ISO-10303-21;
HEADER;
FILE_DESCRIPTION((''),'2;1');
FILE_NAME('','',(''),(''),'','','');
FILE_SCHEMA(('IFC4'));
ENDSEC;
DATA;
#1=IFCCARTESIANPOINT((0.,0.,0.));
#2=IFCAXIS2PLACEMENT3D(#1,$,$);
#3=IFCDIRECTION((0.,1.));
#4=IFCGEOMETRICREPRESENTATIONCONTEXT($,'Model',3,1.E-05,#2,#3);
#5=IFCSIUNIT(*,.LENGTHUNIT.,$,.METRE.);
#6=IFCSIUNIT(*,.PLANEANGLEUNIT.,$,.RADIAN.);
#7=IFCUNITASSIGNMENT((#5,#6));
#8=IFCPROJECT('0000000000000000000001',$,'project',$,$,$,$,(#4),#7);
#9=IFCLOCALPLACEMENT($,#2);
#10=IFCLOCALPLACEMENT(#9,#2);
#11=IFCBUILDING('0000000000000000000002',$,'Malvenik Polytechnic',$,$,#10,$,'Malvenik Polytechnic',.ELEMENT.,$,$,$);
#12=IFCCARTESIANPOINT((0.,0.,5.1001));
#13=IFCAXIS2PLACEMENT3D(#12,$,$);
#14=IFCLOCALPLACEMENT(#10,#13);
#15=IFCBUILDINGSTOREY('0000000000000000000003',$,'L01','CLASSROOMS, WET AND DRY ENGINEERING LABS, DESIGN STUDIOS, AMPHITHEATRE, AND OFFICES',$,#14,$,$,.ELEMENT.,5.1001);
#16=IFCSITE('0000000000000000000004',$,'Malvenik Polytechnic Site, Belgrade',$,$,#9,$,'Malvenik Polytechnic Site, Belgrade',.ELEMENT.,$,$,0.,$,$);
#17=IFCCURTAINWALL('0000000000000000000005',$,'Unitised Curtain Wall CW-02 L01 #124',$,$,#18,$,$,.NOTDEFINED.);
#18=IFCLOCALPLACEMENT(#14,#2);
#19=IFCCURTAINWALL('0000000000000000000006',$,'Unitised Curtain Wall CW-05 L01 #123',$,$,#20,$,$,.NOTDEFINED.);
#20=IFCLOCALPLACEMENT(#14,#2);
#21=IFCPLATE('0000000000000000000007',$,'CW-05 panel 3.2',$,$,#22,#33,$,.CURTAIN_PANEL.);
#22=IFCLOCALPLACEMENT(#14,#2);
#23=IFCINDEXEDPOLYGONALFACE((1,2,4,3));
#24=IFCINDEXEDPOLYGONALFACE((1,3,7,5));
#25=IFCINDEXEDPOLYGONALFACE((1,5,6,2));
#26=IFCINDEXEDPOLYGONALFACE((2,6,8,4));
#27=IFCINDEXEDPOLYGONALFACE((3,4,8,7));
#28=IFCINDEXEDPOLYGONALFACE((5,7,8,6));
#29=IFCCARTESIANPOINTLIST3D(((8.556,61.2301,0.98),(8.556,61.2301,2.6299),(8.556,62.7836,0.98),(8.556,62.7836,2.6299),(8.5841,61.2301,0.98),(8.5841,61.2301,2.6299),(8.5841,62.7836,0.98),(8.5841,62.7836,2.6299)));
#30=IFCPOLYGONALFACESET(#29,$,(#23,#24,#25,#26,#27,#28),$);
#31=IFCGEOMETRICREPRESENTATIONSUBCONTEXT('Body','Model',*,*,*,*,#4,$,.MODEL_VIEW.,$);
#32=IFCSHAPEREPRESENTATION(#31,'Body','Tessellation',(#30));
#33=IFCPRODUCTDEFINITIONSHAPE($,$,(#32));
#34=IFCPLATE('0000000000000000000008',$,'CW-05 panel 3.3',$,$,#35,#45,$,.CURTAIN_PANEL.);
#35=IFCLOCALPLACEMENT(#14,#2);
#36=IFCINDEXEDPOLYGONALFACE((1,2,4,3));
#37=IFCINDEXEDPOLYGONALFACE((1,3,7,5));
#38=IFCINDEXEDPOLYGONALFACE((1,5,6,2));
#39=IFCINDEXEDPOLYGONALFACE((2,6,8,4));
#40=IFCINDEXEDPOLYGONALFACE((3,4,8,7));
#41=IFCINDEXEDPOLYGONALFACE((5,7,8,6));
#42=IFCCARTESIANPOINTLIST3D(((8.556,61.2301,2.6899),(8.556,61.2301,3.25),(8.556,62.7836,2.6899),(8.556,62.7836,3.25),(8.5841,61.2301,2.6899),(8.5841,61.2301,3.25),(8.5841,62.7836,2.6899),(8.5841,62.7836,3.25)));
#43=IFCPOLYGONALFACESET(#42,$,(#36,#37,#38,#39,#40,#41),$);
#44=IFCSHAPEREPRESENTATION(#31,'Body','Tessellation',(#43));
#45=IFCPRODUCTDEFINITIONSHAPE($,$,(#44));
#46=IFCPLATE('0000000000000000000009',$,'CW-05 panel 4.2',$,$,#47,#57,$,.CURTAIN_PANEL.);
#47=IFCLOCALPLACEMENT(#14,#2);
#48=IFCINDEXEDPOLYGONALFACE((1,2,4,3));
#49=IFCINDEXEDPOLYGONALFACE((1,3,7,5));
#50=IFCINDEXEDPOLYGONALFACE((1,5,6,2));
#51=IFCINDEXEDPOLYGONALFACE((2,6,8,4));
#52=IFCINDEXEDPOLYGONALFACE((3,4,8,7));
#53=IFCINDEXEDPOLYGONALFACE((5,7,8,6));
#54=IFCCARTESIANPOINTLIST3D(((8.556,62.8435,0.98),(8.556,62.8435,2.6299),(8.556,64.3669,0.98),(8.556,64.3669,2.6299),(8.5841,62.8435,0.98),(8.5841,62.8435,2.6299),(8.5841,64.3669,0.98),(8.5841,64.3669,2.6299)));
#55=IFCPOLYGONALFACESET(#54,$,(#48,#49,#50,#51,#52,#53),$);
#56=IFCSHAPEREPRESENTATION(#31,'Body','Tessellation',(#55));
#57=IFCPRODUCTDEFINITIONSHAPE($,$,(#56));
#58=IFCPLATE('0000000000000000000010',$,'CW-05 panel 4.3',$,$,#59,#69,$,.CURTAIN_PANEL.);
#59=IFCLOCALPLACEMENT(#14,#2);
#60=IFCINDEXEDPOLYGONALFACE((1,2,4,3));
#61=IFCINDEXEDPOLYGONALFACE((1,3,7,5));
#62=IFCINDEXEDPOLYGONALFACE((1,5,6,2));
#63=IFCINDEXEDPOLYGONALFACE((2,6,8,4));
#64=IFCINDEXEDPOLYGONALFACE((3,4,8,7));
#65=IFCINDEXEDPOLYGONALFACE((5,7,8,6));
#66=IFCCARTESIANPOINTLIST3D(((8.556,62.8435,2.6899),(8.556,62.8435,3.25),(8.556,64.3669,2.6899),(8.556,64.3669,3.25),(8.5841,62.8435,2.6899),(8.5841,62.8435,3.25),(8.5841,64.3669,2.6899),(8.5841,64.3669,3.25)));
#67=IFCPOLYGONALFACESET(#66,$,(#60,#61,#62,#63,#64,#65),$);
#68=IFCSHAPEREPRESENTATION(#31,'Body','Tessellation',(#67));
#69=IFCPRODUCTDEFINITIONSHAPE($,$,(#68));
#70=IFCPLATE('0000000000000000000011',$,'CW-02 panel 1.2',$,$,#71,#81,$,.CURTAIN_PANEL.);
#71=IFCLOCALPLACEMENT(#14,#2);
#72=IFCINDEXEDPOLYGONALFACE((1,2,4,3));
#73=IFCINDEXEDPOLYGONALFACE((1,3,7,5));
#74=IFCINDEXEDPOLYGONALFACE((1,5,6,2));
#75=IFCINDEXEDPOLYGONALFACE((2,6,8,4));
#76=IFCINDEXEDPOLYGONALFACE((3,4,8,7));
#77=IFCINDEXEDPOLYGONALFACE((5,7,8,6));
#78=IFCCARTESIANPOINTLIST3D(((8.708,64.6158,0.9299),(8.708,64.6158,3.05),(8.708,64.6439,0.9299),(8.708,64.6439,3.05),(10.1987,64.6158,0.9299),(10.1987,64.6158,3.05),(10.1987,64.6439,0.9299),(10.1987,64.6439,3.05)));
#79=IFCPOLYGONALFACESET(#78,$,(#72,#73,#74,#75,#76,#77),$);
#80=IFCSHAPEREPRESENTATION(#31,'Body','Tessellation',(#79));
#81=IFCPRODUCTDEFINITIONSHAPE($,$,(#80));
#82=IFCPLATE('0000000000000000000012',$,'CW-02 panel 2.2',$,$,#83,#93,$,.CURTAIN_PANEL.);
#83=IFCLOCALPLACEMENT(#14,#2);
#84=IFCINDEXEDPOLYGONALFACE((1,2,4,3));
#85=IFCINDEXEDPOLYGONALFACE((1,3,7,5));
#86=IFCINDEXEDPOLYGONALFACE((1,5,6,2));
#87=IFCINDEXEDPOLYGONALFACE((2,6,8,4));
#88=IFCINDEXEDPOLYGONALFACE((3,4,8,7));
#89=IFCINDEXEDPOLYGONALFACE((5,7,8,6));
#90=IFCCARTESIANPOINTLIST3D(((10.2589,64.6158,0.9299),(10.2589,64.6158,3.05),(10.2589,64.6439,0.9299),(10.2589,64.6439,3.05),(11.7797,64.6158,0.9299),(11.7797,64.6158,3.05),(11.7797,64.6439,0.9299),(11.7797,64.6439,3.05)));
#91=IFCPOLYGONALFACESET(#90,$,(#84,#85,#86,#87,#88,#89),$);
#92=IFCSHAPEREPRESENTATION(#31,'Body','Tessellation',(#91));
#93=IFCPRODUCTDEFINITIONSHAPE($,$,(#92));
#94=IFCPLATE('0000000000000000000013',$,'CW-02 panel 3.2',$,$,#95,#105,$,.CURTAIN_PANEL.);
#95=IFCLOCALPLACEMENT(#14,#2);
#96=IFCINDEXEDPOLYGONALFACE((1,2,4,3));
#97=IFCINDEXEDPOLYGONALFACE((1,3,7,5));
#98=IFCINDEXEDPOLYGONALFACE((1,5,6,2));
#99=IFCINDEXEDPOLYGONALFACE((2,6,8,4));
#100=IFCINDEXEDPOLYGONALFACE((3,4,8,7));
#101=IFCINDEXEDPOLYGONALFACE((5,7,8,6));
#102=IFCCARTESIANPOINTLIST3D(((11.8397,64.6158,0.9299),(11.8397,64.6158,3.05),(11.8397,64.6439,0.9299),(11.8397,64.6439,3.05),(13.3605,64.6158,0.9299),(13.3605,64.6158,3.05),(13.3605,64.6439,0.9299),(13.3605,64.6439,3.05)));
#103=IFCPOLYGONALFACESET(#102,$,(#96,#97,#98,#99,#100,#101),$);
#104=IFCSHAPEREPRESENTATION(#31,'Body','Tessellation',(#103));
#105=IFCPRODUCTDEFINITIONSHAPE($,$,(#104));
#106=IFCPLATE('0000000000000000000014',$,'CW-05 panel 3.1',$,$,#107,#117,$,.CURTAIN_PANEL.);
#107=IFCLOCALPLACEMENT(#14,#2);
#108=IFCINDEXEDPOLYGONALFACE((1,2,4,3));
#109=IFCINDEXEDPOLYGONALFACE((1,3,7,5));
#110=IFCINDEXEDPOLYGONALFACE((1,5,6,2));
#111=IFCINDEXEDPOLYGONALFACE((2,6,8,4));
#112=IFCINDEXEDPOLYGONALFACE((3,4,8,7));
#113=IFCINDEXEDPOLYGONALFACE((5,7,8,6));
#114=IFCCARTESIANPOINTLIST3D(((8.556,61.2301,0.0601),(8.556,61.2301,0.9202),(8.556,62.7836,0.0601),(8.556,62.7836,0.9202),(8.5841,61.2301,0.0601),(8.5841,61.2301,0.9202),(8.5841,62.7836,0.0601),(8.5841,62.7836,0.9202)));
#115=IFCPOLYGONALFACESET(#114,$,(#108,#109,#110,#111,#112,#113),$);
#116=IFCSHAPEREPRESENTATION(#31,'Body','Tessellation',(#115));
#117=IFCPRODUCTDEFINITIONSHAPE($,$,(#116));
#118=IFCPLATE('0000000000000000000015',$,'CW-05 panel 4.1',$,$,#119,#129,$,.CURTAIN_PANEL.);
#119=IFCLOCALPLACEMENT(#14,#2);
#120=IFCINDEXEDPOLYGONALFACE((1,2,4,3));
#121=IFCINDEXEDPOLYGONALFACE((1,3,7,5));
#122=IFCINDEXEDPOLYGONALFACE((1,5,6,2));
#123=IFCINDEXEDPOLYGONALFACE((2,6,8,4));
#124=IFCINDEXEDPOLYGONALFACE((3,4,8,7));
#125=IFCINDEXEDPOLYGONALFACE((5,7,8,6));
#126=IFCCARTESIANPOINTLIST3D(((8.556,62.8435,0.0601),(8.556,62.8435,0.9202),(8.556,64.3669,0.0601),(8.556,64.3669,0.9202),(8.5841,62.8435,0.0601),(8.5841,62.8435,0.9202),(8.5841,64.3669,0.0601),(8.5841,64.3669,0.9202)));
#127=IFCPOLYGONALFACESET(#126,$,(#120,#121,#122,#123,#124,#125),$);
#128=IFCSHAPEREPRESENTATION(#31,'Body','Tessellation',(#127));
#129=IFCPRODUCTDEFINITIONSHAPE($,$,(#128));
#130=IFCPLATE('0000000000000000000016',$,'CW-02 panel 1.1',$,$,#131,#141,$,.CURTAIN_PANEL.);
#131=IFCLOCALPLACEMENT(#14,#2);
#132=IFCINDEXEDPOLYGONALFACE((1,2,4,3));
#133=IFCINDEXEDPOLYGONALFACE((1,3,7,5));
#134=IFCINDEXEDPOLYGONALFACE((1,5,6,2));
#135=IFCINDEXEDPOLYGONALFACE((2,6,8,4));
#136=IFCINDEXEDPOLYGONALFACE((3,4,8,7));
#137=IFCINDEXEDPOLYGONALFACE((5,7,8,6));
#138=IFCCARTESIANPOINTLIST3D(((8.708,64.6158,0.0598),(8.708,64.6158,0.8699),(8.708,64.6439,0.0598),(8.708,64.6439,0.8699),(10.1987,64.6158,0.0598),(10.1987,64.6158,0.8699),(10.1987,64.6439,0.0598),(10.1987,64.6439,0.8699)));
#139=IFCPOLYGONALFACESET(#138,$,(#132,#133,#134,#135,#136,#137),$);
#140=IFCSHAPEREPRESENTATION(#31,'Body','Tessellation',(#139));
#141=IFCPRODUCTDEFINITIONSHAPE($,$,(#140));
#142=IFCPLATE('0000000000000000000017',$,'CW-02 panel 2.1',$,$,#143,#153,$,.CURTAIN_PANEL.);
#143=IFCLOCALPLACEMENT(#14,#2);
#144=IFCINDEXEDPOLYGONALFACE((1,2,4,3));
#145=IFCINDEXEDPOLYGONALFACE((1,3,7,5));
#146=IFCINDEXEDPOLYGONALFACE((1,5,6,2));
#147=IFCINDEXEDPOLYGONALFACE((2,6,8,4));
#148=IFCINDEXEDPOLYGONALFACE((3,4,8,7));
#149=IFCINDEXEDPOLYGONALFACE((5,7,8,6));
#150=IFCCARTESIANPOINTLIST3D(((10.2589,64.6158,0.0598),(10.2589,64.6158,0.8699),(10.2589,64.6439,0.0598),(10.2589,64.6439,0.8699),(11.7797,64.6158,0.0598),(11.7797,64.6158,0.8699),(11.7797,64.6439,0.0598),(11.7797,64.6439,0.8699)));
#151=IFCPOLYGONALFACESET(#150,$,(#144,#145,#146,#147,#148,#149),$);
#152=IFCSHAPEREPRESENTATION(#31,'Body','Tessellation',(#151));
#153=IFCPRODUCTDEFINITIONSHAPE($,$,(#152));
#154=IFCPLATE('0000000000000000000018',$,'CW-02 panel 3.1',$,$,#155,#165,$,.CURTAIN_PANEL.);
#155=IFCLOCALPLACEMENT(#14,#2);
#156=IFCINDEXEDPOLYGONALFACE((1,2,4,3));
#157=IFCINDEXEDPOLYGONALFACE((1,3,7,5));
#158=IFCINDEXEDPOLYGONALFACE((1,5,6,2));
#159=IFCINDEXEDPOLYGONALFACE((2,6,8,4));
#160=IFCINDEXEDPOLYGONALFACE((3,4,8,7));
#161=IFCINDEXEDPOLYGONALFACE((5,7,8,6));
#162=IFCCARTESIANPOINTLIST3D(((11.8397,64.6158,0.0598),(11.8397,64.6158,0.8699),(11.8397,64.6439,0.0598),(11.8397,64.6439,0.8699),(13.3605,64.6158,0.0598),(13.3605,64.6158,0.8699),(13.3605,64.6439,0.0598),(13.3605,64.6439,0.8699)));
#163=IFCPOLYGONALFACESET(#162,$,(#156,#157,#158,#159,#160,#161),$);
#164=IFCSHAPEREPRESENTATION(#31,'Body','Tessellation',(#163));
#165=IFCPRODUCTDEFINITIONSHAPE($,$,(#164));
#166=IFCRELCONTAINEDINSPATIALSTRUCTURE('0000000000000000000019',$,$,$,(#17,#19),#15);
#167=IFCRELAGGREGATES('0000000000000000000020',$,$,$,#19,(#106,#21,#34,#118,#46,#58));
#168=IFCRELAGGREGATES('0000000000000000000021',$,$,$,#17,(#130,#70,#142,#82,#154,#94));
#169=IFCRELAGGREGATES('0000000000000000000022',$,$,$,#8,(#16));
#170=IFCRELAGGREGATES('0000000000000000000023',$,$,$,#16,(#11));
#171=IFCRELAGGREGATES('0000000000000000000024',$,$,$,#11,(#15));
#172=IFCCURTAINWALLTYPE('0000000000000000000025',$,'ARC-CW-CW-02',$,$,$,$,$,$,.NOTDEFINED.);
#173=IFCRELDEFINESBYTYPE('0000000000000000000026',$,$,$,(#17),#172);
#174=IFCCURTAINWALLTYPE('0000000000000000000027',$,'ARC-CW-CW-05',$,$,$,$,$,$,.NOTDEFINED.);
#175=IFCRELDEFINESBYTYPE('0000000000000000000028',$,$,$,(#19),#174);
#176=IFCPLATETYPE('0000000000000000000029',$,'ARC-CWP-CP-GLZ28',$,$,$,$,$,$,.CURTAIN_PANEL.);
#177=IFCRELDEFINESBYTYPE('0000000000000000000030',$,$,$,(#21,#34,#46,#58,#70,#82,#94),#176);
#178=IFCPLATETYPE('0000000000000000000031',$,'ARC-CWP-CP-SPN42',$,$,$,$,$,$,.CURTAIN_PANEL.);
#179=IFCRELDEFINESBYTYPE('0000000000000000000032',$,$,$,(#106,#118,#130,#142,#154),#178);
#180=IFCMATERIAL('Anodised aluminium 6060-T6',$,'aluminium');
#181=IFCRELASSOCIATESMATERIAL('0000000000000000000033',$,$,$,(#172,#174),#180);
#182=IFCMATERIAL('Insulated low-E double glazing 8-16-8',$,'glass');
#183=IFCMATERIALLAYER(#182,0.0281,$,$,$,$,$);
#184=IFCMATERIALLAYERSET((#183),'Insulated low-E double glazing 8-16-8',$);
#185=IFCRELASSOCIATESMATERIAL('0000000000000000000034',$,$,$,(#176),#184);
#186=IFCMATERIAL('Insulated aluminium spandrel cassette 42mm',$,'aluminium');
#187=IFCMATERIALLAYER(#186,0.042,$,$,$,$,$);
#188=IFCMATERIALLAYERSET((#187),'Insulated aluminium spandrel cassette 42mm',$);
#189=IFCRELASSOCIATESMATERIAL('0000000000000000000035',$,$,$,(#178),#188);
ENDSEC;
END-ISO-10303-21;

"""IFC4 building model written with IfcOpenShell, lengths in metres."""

from ifc_helpers import new_model, si_unit, direction, frame, origin, origin_2d, place, context, subcontext, project, spatial, rectangle, extrude, material, layer, layer_set, type_object, element, aggregate, save


model = new_model("IFC4")

# Units and contexts
model_context = context("Model", 3, precision=1e-05, world=origin(), true_north=direction((0.0, 1.0)))
body_context = subcontext(model_context, "Body", "Model", "MODEL_VIEW")
ifc_project = project(units=[si_unit("LENGTHUNIT", "METRE"), si_unit("PLANEANGLEUNIT", "RADIAN")], contexts=[model_context])

# Site, building, storey
site_placement = place(None, origin())
site = spatial("IfcSite", under=ifc_project, at=site_placement, Name="Malvenik Polytechnic Site, Belgrade", LongName="Malvenik Polytechnic Site, Belgrade", CompositionType="ELEMENT", RefElevation=0.0)
building_placement = place(site_placement, origin())
building = spatial("IfcBuilding", under=site, at=building_placement, Name="Malvenik Polytechnic", LongName="Malvenik Polytechnic", CompositionType="ELEMENT")
storey_placement = place(building_placement, frame((0.0, 0.0, 5.1001)))
storey = spatial("IfcBuildingStorey", under=building, at=storey_placement, Name="L01", Description="CLASSROOMS, WET AND DRY ENGINEERING LABS, DESIGN STUDIOS, AMPHITHEATRE, AND OFFICES", CompositionType="ELEMENT", Elevation=5.1001)

# Curtain walls
ifc_material_1 = material(Name="Anodised aluminium 6060-T6", Category="aluminium")
curtain_wall_type_1 = type_object("IfcCurtainWallType", Name="ARC-CW-CW-02", PredefinedType="NOTDEFINED", material=ifc_material_1)
curtain_wall_1_placement = place(storey_placement, origin())
curtain_wall_1 = element("IfcCurtainWall", 1, at=curtain_wall_1_placement, inside=storey, type_object=curtain_wall_type_1, Name="Unitised Curtain Wall CW-02 L01 #124", PredefinedType="NOTDEFINED")
curtain_wall_type_2 = type_object("IfcCurtainWallType", Name="ARC-CW-CW-05", PredefinedType="NOTDEFINED", material=ifc_material_1)
curtain_wall_2_placement = place(storey_placement, origin())
curtain_wall_2 = element("IfcCurtainWall", 2, at=curtain_wall_2_placement, inside=storey, type_object=curtain_wall_type_2, Name="Unitised Curtain Wall CW-05 L01 #123", PredefinedType="NOTDEFINED")

# Plates
ifc_material_2 = material(Name="Insulated low-E double glazing 8-16-8", Category="glass")
ifc_layer_1 = layer(ifc_material_2, 0.0281)
ifc_layer_set_1 = layer_set([ifc_layer_1], Name="Insulated low-E double glazing 8-16-8")
plate_type_1 = type_object("IfcPlateType", Name="ARC-CWP-CP-GLZ28", PredefinedType="CURTAIN_PANEL", material=ifc_layer_set_1)
plate_1_placement = place(storey_placement, frame((8.5701, 62.0068, 0.98), z_axis=(0.0, 0.0, 1.0), x_axis=(0.0, 1.0, 0.0)))
plate_1 = element("IfcPlate", 3, at=plate_1_placement, type_object=plate_type_1, Name="CW-05 panel 3.2", PredefinedType="CURTAIN_PANEL", context=body_context, shape_type="SweptSolid", body=[
    extrude(rectangle(XDim=1.5535, YDim=0.0281, at=origin_2d()), origin(), (0.0, 0.0, 1.0), 1.6499),
])
plate_2_placement = place(storey_placement, frame((8.5701, 62.0068, 2.6899), z_axis=(0.0, 0.0, 1.0), x_axis=(0.0, 1.0, 0.0)))
plate_2 = element("IfcPlate", 4, at=plate_2_placement, type_object=plate_type_1, Name="CW-05 panel 3.3", PredefinedType="CURTAIN_PANEL", context=body_context, shape_type="SweptSolid", body=[
    extrude(rectangle(XDim=1.5535, YDim=0.0281, at=origin_2d()), origin(), (0.0, 0.0, 1.0), 0.5601),
])
plate_3_placement = place(storey_placement, frame((8.5701, 63.6052, 0.98), z_axis=(0.0, 0.0, 1.0), x_axis=(0.0, 1.0, 0.0)))
plate_3 = element("IfcPlate", 5, at=plate_3_placement, type_object=plate_type_1, Name="CW-05 panel 4.2", PredefinedType="CURTAIN_PANEL", context=body_context, shape_type="SweptSolid", body=[
    extrude(rectangle(XDim=1.5234, YDim=0.0281, at=origin_2d()), origin(), (0.0, 0.0, 1.0), 1.6499),
])
plate_4_placement = place(storey_placement, frame((8.5701, 63.6052, 2.6899), z_axis=(0.0, 0.0, 1.0), x_axis=(0.0, 1.0, 0.0)))
plate_4 = element("IfcPlate", 6, at=plate_4_placement, type_object=plate_type_1, Name="CW-05 panel 4.3", PredefinedType="CURTAIN_PANEL", context=body_context, shape_type="SweptSolid", body=[
    extrude(rectangle(XDim=1.5234, YDim=0.0281, at=origin_2d()), origin(), (0.0, 0.0, 1.0), 0.5601),
])
plate_5_placement = place(storey_placement, frame((9.4534, 64.6299, 0.9299), z_axis=(0.0, 0.0, 1.0), x_axis=(1.0, 0.0, 0.0)))
plate_5 = element("IfcPlate", 7, at=plate_5_placement, type_object=plate_type_1, Name="CW-02 panel 1.2", PredefinedType="CURTAIN_PANEL", context=body_context, shape_type="SweptSolid", body=[
    extrude(rectangle(XDim=1.4907, YDim=0.0281, at=origin_2d()), origin(), (0.0, 0.0, 1.0), 2.1201),
])
plate_6_placement = place(storey_placement, frame((11.0193, 64.6299, 0.9299), z_axis=(0.0, 0.0, 1.0), x_axis=(1.0, 0.0, 0.0)))
plate_6 = element("IfcPlate", 8, at=plate_6_placement, type_object=plate_type_1, Name="CW-02 panel 2.2", PredefinedType="CURTAIN_PANEL", context=body_context, shape_type="SweptSolid", body=[
    extrude(rectangle(XDim=1.5208, YDim=0.0281, at=origin_2d()), origin(), (0.0, 0.0, 1.0), 2.1201),
])
plate_7_placement = place(storey_placement, frame((12.6001, 64.6299, 0.9299), z_axis=(0.0, 0.0, 1.0), x_axis=(1.0, 0.0, 0.0)))
plate_7 = element("IfcPlate", 9, at=plate_7_placement, type_object=plate_type_1, Name="CW-02 panel 3.2", PredefinedType="CURTAIN_PANEL", context=body_context, shape_type="SweptSolid", body=[
    extrude(rectangle(XDim=1.5208, YDim=0.0281, at=origin_2d()), origin(), (0.0, 0.0, 1.0), 2.1201),
])
ifc_material_3 = material(Name="Insulated aluminium spandrel cassette 42mm", Category="aluminium")
ifc_layer_2 = layer(ifc_material_3, 0.042)
ifc_layer_set_2 = layer_set([ifc_layer_2], Name="Insulated aluminium spandrel cassette 42mm")
plate_type_2 = type_object("IfcPlateType", Name="ARC-CWP-CP-SPN42", PredefinedType="CURTAIN_PANEL", material=ifc_layer_set_2)
plate_8_placement = place(storey_placement, frame((8.5701, 62.0068, 0.0601), z_axis=(0.0, 0.0, 1.0), x_axis=(0.0, 1.0, 0.0)))
plate_8 = element("IfcPlate", 10, at=plate_8_placement, type_object=plate_type_2, Name="CW-05 panel 3.1", PredefinedType="CURTAIN_PANEL", context=body_context, shape_type="SweptSolid", body=[
    extrude(rectangle(XDim=1.5535, YDim=0.0281, at=origin_2d()), origin(), (0.0, 0.0, 1.0), 0.8601),
])
plate_9_placement = place(storey_placement, frame((8.5701, 63.6052, 0.0601), z_axis=(0.0, 0.0, 1.0), x_axis=(0.0, 1.0, 0.0)))
plate_9 = element("IfcPlate", 11, at=plate_9_placement, type_object=plate_type_2, Name="CW-05 panel 4.1", PredefinedType="CURTAIN_PANEL", context=body_context, shape_type="SweptSolid", body=[
    extrude(rectangle(XDim=1.5234, YDim=0.0281, at=origin_2d()), origin(), (0.0, 0.0, 1.0), 0.8601),
])
aggregate(curtain_wall_2, [plate_8, plate_1, plate_2, plate_9, plate_3, plate_4])
plate_10_placement = place(storey_placement, frame((9.4534, 64.6299, 0.0598), z_axis=(0.0, 0.0, 1.0), x_axis=(1.0, 0.0, 0.0)))
plate_10 = element("IfcPlate", 12, at=plate_10_placement, type_object=plate_type_2, Name="CW-02 panel 1.1", PredefinedType="CURTAIN_PANEL", context=body_context, shape_type="SweptSolid", body=[
    extrude(rectangle(XDim=1.4907, YDim=0.0281, at=origin_2d()), origin(), (0.0, 0.0, 1.0), 0.8101),
])
plate_11_placement = place(storey_placement, frame((11.0193, 64.6299, 0.0598), z_axis=(0.0, 0.0, 1.0), x_axis=(1.0, 0.0, 0.0)))
plate_11 = element("IfcPlate", 13, at=plate_11_placement, type_object=plate_type_2, Name="CW-02 panel 2.1", PredefinedType="CURTAIN_PANEL", context=body_context, shape_type="SweptSolid", body=[
    extrude(rectangle(XDim=1.5208, YDim=0.0281, at=origin_2d()), origin(), (0.0, 0.0, 1.0), 0.8101),
])
plate_12_placement = place(storey_placement, frame((12.6001, 64.6299, 0.0598), z_axis=(0.0, 0.0, 1.0), x_axis=(1.0, 0.0, 0.0)))
plate_12 = element("IfcPlate", 14, at=plate_12_placement, type_object=plate_type_2, Name="CW-02 panel 3.1", PredefinedType="CURTAIN_PANEL", context=body_context, shape_type="SweptSolid", body=[
    extrude(rectangle(XDim=1.5208, YDim=0.0281, at=origin_2d()), origin(), (0.0, 0.0, 1.0), 0.8101),
])
aggregate(curtain_wall_1, [plate_10, plate_5, plate_11, plate_6, plate_12, plate_7])

save(model, "model.ifc")
